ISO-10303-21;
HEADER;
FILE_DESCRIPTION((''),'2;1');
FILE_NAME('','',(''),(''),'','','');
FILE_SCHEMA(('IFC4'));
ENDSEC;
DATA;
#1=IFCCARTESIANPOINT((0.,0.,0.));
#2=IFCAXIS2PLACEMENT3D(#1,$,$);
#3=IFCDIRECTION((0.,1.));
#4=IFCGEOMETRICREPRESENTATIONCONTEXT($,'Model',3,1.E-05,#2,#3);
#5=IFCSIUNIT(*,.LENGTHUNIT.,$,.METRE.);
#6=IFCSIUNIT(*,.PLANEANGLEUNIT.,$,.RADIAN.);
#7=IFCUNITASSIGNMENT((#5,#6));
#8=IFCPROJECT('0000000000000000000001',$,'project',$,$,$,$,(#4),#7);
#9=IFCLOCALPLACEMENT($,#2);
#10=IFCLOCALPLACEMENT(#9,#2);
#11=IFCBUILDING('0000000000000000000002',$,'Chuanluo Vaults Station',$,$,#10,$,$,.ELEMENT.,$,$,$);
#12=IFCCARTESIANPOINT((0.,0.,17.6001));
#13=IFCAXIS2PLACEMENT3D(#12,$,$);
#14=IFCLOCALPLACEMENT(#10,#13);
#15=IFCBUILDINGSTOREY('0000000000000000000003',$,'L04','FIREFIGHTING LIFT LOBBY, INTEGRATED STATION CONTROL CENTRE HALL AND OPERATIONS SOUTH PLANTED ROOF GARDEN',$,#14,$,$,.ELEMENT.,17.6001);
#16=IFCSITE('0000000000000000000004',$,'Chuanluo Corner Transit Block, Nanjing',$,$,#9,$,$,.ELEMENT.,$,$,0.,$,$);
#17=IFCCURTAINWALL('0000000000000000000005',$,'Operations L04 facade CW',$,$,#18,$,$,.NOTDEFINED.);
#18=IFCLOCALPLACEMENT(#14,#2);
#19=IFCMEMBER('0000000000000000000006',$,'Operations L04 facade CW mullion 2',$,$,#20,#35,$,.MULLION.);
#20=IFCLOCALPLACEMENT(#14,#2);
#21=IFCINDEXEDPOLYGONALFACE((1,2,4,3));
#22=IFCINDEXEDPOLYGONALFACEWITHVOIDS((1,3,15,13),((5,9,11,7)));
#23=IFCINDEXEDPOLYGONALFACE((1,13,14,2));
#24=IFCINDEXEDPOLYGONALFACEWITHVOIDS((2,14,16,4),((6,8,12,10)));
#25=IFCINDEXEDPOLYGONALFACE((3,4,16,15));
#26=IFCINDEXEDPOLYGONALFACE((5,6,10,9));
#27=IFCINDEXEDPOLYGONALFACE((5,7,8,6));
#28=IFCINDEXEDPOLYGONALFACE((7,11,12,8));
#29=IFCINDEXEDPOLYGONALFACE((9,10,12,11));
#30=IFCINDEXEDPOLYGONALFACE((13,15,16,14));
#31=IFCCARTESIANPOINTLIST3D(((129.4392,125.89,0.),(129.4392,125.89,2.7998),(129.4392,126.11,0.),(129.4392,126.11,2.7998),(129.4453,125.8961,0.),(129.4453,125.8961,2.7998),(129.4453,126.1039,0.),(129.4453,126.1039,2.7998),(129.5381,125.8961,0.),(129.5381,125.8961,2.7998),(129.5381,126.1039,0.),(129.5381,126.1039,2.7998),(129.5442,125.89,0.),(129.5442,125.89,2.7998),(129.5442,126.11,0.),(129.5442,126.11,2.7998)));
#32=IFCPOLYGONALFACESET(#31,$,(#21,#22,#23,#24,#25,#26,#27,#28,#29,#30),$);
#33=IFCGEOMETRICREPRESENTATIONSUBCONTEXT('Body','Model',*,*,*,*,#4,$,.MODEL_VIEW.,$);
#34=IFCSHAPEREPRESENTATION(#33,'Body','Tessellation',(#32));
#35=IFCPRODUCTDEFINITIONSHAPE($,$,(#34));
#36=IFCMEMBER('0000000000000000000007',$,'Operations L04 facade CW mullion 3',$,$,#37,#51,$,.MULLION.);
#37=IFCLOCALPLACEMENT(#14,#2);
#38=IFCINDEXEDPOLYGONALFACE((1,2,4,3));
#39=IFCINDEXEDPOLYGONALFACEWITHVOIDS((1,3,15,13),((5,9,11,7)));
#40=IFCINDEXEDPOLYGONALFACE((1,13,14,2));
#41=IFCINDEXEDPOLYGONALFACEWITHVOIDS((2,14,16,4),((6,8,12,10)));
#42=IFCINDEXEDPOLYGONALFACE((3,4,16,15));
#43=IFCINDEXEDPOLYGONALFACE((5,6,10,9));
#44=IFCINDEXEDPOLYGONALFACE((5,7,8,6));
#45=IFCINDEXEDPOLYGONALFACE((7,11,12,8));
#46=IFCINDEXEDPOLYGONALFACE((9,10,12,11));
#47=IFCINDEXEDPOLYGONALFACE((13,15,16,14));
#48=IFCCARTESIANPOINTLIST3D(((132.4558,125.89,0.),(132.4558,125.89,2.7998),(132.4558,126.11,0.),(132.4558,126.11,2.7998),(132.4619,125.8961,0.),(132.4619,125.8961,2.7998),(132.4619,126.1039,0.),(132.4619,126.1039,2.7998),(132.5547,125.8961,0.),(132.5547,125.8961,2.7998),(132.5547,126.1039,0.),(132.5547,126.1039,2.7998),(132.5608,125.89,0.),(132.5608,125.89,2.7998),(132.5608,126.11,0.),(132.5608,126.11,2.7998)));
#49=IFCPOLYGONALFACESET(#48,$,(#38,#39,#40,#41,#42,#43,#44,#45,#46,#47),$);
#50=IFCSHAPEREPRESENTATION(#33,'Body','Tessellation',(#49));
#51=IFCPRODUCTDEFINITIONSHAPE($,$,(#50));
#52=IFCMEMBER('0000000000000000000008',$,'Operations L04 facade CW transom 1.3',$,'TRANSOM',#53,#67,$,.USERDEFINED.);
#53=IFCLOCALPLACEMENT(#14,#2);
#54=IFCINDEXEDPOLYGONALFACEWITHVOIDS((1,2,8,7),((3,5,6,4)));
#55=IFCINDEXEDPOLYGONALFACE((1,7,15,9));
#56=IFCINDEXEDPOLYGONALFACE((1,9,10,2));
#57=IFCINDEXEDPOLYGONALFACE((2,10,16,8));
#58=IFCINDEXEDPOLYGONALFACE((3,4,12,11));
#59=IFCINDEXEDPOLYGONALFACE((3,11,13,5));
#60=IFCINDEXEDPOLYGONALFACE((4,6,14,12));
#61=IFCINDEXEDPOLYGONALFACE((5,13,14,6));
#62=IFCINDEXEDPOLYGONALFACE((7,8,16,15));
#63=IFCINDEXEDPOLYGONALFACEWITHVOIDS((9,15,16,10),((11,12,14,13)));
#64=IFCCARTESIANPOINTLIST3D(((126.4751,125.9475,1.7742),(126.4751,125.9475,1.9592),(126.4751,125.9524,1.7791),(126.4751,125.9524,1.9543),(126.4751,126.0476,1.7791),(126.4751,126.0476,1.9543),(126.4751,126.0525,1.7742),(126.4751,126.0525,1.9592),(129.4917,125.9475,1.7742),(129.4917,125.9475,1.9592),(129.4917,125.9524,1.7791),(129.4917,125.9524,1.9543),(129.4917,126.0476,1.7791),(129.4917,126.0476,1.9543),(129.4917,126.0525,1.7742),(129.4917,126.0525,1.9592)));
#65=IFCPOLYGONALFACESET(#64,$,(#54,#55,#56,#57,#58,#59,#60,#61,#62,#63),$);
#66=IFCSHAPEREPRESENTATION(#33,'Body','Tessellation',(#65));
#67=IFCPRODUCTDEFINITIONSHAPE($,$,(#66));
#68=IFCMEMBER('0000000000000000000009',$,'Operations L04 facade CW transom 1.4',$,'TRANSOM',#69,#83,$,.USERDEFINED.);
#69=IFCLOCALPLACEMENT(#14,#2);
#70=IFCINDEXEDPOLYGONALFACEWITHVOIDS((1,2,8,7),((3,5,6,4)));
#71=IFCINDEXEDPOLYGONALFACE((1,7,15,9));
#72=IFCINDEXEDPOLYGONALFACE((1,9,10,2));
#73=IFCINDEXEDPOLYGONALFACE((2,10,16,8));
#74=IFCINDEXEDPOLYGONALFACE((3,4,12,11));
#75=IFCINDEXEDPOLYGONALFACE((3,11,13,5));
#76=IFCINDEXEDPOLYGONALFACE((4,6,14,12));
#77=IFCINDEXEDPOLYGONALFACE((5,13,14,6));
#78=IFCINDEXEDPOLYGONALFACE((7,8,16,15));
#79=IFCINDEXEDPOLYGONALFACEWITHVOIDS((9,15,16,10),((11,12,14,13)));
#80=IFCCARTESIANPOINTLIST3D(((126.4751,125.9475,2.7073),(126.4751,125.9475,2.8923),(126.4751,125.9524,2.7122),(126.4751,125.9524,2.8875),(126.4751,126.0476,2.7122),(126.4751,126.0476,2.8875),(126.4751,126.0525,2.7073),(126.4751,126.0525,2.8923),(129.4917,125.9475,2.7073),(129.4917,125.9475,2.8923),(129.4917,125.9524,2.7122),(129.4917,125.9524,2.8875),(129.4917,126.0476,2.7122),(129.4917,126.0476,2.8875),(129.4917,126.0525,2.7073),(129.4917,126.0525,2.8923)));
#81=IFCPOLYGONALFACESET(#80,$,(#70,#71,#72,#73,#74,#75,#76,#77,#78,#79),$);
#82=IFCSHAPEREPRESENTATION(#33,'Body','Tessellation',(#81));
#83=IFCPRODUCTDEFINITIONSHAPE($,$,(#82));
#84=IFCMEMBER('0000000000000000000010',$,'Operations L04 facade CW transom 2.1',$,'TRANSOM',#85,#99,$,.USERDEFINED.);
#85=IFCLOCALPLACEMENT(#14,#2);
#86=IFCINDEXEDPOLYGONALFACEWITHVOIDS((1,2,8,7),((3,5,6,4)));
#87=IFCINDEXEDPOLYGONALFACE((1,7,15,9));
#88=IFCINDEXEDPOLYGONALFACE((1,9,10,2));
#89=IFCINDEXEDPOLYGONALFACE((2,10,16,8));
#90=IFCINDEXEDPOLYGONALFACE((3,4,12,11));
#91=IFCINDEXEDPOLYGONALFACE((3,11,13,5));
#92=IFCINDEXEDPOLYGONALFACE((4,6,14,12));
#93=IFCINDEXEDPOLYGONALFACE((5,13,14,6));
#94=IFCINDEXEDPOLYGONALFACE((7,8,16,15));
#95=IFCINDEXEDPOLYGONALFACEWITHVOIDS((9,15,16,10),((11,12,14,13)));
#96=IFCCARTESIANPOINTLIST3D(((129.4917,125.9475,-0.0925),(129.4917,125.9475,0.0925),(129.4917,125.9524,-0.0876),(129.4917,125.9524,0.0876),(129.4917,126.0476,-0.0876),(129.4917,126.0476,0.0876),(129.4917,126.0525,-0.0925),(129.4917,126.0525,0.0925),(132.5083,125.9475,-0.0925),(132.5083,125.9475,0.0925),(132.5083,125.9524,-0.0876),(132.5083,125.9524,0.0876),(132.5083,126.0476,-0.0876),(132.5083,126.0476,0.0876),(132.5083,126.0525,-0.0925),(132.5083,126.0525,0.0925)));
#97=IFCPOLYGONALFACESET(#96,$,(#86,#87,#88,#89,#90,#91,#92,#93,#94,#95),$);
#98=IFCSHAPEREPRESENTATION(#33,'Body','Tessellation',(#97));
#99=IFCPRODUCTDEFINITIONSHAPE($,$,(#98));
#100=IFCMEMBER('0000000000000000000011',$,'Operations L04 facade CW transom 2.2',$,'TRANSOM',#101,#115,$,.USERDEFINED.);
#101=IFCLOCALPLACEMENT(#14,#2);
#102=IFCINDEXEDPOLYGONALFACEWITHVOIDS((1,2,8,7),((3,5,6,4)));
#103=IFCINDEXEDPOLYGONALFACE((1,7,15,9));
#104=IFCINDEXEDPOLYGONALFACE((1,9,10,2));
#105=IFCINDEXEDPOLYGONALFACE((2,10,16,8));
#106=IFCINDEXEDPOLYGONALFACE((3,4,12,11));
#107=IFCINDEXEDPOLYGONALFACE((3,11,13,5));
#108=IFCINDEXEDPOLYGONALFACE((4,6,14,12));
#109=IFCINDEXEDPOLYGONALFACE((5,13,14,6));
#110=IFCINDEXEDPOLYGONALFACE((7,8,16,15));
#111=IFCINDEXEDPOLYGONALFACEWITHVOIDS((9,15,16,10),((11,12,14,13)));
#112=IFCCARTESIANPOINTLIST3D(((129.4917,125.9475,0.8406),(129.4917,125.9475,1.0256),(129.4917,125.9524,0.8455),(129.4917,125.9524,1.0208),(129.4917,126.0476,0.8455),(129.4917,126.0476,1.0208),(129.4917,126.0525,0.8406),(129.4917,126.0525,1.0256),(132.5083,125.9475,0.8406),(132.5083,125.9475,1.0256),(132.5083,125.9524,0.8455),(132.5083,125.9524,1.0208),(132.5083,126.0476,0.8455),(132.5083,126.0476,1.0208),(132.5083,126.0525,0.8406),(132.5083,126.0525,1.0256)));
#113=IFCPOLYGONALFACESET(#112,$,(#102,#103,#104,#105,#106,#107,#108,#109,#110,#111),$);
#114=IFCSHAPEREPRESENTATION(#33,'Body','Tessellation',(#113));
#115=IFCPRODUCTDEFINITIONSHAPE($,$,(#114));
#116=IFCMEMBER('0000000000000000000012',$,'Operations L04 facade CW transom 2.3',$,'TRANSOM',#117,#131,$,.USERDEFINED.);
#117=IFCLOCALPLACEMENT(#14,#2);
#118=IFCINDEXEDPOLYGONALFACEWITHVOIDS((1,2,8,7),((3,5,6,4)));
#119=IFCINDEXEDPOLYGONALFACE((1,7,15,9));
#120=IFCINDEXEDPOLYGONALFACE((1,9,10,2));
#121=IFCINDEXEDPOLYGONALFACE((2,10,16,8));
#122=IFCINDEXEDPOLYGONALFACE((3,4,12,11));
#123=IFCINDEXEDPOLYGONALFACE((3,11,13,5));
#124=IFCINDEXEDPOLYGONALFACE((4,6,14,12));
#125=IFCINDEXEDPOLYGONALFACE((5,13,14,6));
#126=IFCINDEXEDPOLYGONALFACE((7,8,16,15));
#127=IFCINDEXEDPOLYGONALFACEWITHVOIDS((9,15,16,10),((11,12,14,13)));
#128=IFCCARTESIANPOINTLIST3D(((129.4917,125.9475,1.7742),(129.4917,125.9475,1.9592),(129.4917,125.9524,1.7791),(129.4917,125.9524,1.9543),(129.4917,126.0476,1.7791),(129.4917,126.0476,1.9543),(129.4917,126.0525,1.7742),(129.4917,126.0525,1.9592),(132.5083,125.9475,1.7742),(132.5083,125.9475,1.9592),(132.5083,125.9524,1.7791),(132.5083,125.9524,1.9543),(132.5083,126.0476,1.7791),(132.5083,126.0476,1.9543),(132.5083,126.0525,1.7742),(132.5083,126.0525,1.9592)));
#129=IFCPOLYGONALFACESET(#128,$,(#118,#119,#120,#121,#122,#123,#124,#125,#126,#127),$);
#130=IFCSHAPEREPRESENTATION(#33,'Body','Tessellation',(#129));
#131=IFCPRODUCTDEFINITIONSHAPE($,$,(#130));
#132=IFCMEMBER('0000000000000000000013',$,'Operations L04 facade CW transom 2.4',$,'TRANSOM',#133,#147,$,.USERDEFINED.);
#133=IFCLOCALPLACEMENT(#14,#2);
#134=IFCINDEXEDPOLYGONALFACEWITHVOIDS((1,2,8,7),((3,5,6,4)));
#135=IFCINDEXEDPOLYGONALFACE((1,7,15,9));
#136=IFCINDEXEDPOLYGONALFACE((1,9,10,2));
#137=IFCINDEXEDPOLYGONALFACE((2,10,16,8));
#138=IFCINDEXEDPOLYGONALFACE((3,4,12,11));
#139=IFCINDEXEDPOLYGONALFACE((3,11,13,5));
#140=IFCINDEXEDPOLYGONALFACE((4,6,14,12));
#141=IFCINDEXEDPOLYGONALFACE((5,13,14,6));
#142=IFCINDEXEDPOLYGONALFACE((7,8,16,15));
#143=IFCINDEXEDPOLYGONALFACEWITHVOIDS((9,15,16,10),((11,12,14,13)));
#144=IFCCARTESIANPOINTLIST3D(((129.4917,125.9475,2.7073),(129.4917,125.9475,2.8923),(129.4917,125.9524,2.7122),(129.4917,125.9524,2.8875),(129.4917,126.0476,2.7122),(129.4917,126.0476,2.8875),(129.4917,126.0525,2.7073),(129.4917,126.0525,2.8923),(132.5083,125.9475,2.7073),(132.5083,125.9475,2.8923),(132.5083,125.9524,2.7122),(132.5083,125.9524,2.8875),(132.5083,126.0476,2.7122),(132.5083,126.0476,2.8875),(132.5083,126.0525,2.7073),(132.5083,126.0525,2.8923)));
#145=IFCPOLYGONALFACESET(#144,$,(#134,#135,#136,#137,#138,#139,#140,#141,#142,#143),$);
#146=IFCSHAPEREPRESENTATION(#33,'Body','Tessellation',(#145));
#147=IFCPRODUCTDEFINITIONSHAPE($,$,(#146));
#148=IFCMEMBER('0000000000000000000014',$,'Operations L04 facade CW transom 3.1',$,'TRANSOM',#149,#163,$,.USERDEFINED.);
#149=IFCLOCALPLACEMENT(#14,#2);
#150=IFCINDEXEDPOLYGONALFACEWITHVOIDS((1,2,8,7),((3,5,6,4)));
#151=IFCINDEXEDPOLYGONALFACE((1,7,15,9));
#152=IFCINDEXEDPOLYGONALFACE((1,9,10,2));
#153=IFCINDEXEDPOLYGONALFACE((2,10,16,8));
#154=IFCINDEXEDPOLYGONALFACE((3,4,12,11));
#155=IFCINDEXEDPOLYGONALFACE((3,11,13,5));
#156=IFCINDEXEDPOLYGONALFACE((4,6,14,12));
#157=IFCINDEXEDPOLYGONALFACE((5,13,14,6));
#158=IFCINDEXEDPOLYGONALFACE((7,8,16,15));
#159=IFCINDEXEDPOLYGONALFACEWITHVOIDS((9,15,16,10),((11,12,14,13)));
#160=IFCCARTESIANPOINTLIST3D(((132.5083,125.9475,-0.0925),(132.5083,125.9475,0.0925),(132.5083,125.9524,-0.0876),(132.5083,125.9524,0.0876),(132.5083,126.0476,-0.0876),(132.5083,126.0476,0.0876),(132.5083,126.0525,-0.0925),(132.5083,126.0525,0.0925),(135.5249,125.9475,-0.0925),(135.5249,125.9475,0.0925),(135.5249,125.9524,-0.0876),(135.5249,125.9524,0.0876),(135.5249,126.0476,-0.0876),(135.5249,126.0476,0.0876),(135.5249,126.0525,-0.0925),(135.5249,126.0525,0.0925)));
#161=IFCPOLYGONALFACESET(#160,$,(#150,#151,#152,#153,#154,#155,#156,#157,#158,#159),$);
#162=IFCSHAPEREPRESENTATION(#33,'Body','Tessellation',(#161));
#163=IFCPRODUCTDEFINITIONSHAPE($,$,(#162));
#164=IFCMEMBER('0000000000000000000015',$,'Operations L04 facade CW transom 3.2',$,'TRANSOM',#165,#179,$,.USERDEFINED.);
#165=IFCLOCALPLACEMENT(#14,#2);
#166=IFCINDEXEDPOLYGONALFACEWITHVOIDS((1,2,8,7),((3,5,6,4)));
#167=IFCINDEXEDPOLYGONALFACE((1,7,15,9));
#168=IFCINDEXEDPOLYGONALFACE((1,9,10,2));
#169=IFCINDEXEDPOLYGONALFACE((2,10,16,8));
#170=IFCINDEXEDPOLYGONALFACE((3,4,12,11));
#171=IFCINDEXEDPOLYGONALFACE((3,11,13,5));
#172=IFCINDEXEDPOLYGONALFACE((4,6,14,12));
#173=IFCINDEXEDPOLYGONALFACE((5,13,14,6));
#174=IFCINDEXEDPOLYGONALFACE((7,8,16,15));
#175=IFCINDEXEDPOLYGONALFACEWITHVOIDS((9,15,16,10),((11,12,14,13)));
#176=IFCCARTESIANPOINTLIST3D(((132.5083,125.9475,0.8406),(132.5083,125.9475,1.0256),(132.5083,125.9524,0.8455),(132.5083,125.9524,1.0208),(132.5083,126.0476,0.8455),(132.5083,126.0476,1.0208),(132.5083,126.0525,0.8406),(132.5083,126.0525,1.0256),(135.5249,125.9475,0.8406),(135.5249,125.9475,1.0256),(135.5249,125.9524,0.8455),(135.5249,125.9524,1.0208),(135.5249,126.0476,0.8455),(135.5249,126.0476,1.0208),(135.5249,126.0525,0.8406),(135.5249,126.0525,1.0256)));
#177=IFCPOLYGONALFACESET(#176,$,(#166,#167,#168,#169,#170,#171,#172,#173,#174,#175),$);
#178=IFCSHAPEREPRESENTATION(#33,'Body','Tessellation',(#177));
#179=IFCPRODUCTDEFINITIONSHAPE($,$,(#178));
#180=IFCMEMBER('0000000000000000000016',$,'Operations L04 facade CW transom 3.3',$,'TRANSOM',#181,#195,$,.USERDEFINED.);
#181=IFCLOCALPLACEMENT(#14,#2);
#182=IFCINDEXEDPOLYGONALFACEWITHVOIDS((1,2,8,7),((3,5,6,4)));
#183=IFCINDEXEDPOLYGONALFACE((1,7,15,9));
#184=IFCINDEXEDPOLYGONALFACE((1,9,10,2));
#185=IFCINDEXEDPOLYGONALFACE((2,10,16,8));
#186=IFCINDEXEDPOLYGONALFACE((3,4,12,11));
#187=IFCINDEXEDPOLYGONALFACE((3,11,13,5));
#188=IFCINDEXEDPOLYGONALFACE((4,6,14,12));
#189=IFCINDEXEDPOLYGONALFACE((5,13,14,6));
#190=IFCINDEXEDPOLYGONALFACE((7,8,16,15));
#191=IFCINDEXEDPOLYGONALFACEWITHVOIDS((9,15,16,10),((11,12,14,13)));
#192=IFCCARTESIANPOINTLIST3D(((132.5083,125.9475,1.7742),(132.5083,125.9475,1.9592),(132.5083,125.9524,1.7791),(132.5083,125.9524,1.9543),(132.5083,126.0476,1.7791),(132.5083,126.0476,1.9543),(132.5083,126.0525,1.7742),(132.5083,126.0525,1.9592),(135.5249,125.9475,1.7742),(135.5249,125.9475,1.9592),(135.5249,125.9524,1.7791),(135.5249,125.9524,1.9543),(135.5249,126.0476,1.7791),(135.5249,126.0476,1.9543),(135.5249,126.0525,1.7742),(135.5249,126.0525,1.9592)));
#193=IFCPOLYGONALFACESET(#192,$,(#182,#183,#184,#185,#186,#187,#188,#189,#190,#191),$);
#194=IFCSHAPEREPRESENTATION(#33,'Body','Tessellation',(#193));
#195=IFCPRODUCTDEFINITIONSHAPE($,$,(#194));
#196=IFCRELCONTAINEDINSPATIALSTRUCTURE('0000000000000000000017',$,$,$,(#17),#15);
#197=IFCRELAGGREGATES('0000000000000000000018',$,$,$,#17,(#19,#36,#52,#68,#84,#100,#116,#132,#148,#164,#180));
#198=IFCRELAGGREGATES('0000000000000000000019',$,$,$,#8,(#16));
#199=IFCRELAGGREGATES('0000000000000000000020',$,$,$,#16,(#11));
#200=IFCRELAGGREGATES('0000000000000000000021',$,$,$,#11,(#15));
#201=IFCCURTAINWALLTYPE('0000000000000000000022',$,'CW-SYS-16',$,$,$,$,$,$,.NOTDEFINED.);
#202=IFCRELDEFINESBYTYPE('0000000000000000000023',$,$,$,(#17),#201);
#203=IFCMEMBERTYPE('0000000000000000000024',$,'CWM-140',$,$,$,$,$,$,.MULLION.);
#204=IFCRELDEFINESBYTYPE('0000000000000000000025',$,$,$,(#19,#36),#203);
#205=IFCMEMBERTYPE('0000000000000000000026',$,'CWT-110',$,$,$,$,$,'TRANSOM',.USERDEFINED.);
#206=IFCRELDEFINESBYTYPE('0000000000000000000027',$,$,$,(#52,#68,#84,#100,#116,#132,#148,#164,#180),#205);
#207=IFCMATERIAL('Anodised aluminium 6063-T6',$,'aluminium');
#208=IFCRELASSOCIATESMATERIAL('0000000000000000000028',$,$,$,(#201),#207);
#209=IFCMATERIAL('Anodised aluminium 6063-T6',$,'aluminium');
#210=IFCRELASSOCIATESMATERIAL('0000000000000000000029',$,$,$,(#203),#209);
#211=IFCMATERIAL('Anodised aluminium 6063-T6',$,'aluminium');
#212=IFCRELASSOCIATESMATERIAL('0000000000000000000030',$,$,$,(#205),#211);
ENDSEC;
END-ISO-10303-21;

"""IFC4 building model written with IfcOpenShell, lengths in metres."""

from ifc_helpers import new_model, si_unit, direction, frame, origin, origin_2d, place, context, subcontext, project, spatial, hollow_rectangle, extrude, material, material_profile, profile_set, type_object, element, aggregate, save


model = new_model("IFC4")

# Units and contexts
model_context = context("Model", 3, precision=1e-05, world=origin(), true_north=direction((0.0, 1.0)))
body_context = subcontext(model_context, "Body", "Model", "MODEL_VIEW")
ifc_project = project(units=[si_unit("LENGTHUNIT", "METRE"), si_unit("PLANEANGLEUNIT", "RADIAN")], contexts=[model_context])

# Site, building, storey
site_placement = place(None, origin())
site = spatial("IfcSite", under=ifc_project, at=site_placement, Name="Chuanluo Corner Transit Block, Nanjing", CompositionType="ELEMENT", RefElevation=0.0)
building_placement = place(site_placement, origin())
building = spatial("IfcBuilding", under=site, at=building_placement, Name="Chuanluo Vaults Station", CompositionType="ELEMENT")
storey_placement = place(building_placement, frame((0.0, 0.0, 17.6001)))
storey = spatial("IfcBuildingStorey", under=building, at=storey_placement, Name="L04", Description="FIREFIGHTING LIFT LOBBY, INTEGRATED STATION CONTROL CENTRE HALL AND OPERATIONS SOUTH PLANTED ROOF GARDEN", CompositionType="ELEMENT", Elevation=17.6001)

# Curtain wall, members
ifc_material_1 = material(Name="Anodised aluminium 6063-T6", Category="aluminium")
curtain_wall_type = type_object("IfcCurtainWallType", Name="CW-SYS-16", PredefinedType="NOTDEFINED", material=ifc_material_1)
curtain_wall_placement = place(storey_placement, origin())
curtain_wall = element("IfcCurtainWall", 1, at=curtain_wall_placement, inside=storey, type_object=curtain_wall_type, Name="Operations L04 facade CW", PredefinedType="NOTDEFINED")
ifc_material_2 = material(Name="Anodised aluminium 6063-T6", Category="aluminium")
ifc_material_profile_1 = material_profile(ifc_material_2, hollow_rectangle(XDim=0.105, YDim=0.22, WallThickness=0.0061, at=origin_2d()))
ifc_profile_set_1 = profile_set([ifc_material_profile_1], Name="Anodised aluminium 6063-T6")
member_type_1 = type_object("IfcMemberType", Name="CWM-140", PredefinedType="MULLION", material=ifc_profile_set_1)
member_1_placement = place(storey_placement, frame((129.4917, 126.0, 0.0), z_axis=(0.0, 0.0, 1.0), x_axis=(1.0, 0.0, 0.0)))
member_1 = element("IfcMember", 2, at=member_1_placement, type_object=member_type_1, Name="Operations L04 facade CW mullion 2", PredefinedType="MULLION", context=body_context, shape_type="SweptSolid", body=[
    extrude(hollow_rectangle(XDim=0.105, YDim=0.22, WallThickness=0.0061, at=origin_2d()), origin(), (0.0, 0.0, 1.0), 2.7998),
])
member_2_placement = place(storey_placement, frame((132.5083, 126.0, 0.0), z_axis=(0.0, 0.0, 1.0), x_axis=(1.0, 0.0, 0.0)))
member_2 = element("IfcMember", 3, at=member_2_placement, type_object=member_type_1, Name="Operations L04 facade CW mullion 3", PredefinedType="MULLION", context=body_context, shape_type="SweptSolid", body=[
    extrude(hollow_rectangle(XDim=0.105, YDim=0.22, WallThickness=0.0061, at=origin_2d()), origin(), (0.0, 0.0, 1.0), 2.7998),
])
ifc_material_3 = material(Name="Anodised aluminium 6063-T6", Category="aluminium")
ifc_material_profile_2 = material_profile(ifc_material_3, hollow_rectangle(XDim=0.105, YDim=0.1851, WallThickness=0.0049, at=origin_2d()))
ifc_profile_set_2 = profile_set([ifc_material_profile_2], Name="Anodised aluminium 6063-T6")
member_type_2 = type_object("IfcMemberType", Name="CWT-110", ElementType="TRANSOM", PredefinedType="USERDEFINED", material=ifc_profile_set_2)
member_3_placement = place(storey_placement, frame((126.4751, 126.0, 1.8667), z_axis=(1.0, 0.0, 0.0), x_axis=(0.0, 1.0, 0.0)))
member_3 = element("IfcMember", 4, at=member_3_placement, type_object=member_type_2, Name="Operations L04 facade CW transom 1.3", ObjectType="TRANSOM", PredefinedType="USERDEFINED", context=body_context, shape_type="SweptSolid", body=[
    extrude(hollow_rectangle(XDim=0.105, YDim=0.1851, WallThickness=0.0049, at=origin_2d()), origin(), (0.0, 0.0, 1.0), 3.0166),
])
member_4_placement = place(storey_placement, frame((126.4751, 126.0, 2.7998), z_axis=(1.0, 0.0, 0.0), x_axis=(0.0, 1.0, 0.0)))
member_4 = element("IfcMember", 5, at=member_4_placement, type_object=member_type_2, Name="Operations L04 facade CW transom 1.4", ObjectType="TRANSOM", PredefinedType="USERDEFINED", context=body_context, shape_type="SweptSolid", body=[
    extrude(hollow_rectangle(XDim=0.105, YDim=0.1851, WallThickness=0.0049, at=origin_2d()), origin(), (0.0, 0.0, 1.0), 3.0166),
])
member_5_placement = place(storey_placement, frame((129.4917, 126.0, 0.0), z_axis=(1.0, 0.0, 0.0), x_axis=(0.0, 1.0, 0.0)))
member_5 = element("IfcMember", 6, at=member_5_placement, type_object=member_type_2, Name="Operations L04 facade CW transom 2.1", ObjectType="TRANSOM", PredefinedType="USERDEFINED", context=body_context, shape_type="SweptSolid", body=[
    extrude(hollow_rectangle(XDim=0.105, YDim=0.1851, WallThickness=0.0049, at=origin_2d()), origin(), (0.0, 0.0, 1.0), 3.0166),
])
member_6_placement = place(storey_placement, frame((129.4917, 126.0, 0.9331), z_axis=(1.0, 0.0, 0.0), x_axis=(0.0, 1.0, 0.0)))
member_6 = element("IfcMember", 7, at=member_6_placement, type_object=member_type_2, Name="Operations L04 facade CW transom 2.2", ObjectType="TRANSOM", PredefinedType="USERDEFINED", context=body_context, shape_type="SweptSolid", body=[
    extrude(hollow_rectangle(XDim=0.105, YDim=0.1851, WallThickness=0.0049, at=origin_2d()), origin(), (0.0, 0.0, 1.0), 3.0166),
])
member_7_placement = place(storey_placement, frame((129.4917, 126.0, 1.8667), z_axis=(1.0, 0.0, 0.0), x_axis=(0.0, 1.0, 0.0)))
member_7 = element("IfcMember", 8, at=member_7_placement, type_object=member_type_2, Name="Operations L04 facade CW transom 2.3", ObjectType="TRANSOM", PredefinedType="USERDEFINED", context=body_context, shape_type="SweptSolid", body=[
    extrude(hollow_rectangle(XDim=0.105, YDim=0.1851, WallThickness=0.0049, at=origin_2d()), origin(), (0.0, 0.0, 1.0), 3.0166),
])
member_8_placement = place(storey_placement, frame((129.4917, 126.0, 2.7998), z_axis=(1.0, 0.0, 0.0), x_axis=(0.0, 1.0, 0.0)))
member_8 = element("IfcMember", 9, at=member_8_placement, type_object=member_type_2, Name="Operations L04 facade CW transom 2.4", ObjectType="TRANSOM", PredefinedType="USERDEFINED", context=body_context, shape_type="SweptSolid", body=[
    extrude(hollow_rectangle(XDim=0.105, YDim=0.1851, WallThickness=0.0049, at=origin_2d()), origin(), (0.0, 0.0, 1.0), 3.0166),
])
member_9_placement = place(storey_placement, frame((132.5083, 126.0, 0.0), z_axis=(1.0, 0.0, 0.0), x_axis=(0.0, 1.0, 0.0)))
member_9 = element("IfcMember", 10, at=member_9_placement, type_object=member_type_2, Name="Operations L04 facade CW transom 3.1", ObjectType="TRANSOM", PredefinedType="USERDEFINED", context=body_context, shape_type="SweptSolid", body=[
    extrude(hollow_rectangle(XDim=0.105, YDim=0.1851, WallThickness=0.0049, at=origin_2d()), origin(), (0.0, 0.0, 1.0), 3.0166),
])
member_10_placement = place(storey_placement, frame((132.5083, 126.0, 0.9331), z_axis=(1.0, 0.0, 0.0), x_axis=(0.0, 1.0, 0.0)))
member_10 = element("IfcMember", 11, at=member_10_placement, type_object=member_type_2, Name="Operations L04 facade CW transom 3.2", ObjectType="TRANSOM", PredefinedType="USERDEFINED", context=body_context, shape_type="SweptSolid", body=[
    extrude(hollow_rectangle(XDim=0.105, YDim=0.1851, WallThickness=0.0049, at=origin_2d()), origin(), (0.0, 0.0, 1.0), 3.0166),
])
member_11_placement = place(storey_placement, frame((132.5083, 126.0, 1.8667), z_axis=(1.0, 0.0, 0.0), x_axis=(0.0, 1.0, 0.0)))
member_11 = element("IfcMember", 12, at=member_11_placement, type_object=member_type_2, Name="Operations L04 facade CW transom 3.3", ObjectType="TRANSOM", PredefinedType="USERDEFINED", context=body_context, shape_type="SweptSolid", body=[
    extrude(hollow_rectangle(XDim=0.105, YDim=0.1851, WallThickness=0.0049, at=origin_2d()), origin(), (0.0, 0.0, 1.0), 3.0166),
])
aggregate(curtain_wall, [member_1, member_2, member_3, member_4, member_5, member_6, member_7, member_8, member_9, member_10, member_11])

save(model, "model.ifc")
